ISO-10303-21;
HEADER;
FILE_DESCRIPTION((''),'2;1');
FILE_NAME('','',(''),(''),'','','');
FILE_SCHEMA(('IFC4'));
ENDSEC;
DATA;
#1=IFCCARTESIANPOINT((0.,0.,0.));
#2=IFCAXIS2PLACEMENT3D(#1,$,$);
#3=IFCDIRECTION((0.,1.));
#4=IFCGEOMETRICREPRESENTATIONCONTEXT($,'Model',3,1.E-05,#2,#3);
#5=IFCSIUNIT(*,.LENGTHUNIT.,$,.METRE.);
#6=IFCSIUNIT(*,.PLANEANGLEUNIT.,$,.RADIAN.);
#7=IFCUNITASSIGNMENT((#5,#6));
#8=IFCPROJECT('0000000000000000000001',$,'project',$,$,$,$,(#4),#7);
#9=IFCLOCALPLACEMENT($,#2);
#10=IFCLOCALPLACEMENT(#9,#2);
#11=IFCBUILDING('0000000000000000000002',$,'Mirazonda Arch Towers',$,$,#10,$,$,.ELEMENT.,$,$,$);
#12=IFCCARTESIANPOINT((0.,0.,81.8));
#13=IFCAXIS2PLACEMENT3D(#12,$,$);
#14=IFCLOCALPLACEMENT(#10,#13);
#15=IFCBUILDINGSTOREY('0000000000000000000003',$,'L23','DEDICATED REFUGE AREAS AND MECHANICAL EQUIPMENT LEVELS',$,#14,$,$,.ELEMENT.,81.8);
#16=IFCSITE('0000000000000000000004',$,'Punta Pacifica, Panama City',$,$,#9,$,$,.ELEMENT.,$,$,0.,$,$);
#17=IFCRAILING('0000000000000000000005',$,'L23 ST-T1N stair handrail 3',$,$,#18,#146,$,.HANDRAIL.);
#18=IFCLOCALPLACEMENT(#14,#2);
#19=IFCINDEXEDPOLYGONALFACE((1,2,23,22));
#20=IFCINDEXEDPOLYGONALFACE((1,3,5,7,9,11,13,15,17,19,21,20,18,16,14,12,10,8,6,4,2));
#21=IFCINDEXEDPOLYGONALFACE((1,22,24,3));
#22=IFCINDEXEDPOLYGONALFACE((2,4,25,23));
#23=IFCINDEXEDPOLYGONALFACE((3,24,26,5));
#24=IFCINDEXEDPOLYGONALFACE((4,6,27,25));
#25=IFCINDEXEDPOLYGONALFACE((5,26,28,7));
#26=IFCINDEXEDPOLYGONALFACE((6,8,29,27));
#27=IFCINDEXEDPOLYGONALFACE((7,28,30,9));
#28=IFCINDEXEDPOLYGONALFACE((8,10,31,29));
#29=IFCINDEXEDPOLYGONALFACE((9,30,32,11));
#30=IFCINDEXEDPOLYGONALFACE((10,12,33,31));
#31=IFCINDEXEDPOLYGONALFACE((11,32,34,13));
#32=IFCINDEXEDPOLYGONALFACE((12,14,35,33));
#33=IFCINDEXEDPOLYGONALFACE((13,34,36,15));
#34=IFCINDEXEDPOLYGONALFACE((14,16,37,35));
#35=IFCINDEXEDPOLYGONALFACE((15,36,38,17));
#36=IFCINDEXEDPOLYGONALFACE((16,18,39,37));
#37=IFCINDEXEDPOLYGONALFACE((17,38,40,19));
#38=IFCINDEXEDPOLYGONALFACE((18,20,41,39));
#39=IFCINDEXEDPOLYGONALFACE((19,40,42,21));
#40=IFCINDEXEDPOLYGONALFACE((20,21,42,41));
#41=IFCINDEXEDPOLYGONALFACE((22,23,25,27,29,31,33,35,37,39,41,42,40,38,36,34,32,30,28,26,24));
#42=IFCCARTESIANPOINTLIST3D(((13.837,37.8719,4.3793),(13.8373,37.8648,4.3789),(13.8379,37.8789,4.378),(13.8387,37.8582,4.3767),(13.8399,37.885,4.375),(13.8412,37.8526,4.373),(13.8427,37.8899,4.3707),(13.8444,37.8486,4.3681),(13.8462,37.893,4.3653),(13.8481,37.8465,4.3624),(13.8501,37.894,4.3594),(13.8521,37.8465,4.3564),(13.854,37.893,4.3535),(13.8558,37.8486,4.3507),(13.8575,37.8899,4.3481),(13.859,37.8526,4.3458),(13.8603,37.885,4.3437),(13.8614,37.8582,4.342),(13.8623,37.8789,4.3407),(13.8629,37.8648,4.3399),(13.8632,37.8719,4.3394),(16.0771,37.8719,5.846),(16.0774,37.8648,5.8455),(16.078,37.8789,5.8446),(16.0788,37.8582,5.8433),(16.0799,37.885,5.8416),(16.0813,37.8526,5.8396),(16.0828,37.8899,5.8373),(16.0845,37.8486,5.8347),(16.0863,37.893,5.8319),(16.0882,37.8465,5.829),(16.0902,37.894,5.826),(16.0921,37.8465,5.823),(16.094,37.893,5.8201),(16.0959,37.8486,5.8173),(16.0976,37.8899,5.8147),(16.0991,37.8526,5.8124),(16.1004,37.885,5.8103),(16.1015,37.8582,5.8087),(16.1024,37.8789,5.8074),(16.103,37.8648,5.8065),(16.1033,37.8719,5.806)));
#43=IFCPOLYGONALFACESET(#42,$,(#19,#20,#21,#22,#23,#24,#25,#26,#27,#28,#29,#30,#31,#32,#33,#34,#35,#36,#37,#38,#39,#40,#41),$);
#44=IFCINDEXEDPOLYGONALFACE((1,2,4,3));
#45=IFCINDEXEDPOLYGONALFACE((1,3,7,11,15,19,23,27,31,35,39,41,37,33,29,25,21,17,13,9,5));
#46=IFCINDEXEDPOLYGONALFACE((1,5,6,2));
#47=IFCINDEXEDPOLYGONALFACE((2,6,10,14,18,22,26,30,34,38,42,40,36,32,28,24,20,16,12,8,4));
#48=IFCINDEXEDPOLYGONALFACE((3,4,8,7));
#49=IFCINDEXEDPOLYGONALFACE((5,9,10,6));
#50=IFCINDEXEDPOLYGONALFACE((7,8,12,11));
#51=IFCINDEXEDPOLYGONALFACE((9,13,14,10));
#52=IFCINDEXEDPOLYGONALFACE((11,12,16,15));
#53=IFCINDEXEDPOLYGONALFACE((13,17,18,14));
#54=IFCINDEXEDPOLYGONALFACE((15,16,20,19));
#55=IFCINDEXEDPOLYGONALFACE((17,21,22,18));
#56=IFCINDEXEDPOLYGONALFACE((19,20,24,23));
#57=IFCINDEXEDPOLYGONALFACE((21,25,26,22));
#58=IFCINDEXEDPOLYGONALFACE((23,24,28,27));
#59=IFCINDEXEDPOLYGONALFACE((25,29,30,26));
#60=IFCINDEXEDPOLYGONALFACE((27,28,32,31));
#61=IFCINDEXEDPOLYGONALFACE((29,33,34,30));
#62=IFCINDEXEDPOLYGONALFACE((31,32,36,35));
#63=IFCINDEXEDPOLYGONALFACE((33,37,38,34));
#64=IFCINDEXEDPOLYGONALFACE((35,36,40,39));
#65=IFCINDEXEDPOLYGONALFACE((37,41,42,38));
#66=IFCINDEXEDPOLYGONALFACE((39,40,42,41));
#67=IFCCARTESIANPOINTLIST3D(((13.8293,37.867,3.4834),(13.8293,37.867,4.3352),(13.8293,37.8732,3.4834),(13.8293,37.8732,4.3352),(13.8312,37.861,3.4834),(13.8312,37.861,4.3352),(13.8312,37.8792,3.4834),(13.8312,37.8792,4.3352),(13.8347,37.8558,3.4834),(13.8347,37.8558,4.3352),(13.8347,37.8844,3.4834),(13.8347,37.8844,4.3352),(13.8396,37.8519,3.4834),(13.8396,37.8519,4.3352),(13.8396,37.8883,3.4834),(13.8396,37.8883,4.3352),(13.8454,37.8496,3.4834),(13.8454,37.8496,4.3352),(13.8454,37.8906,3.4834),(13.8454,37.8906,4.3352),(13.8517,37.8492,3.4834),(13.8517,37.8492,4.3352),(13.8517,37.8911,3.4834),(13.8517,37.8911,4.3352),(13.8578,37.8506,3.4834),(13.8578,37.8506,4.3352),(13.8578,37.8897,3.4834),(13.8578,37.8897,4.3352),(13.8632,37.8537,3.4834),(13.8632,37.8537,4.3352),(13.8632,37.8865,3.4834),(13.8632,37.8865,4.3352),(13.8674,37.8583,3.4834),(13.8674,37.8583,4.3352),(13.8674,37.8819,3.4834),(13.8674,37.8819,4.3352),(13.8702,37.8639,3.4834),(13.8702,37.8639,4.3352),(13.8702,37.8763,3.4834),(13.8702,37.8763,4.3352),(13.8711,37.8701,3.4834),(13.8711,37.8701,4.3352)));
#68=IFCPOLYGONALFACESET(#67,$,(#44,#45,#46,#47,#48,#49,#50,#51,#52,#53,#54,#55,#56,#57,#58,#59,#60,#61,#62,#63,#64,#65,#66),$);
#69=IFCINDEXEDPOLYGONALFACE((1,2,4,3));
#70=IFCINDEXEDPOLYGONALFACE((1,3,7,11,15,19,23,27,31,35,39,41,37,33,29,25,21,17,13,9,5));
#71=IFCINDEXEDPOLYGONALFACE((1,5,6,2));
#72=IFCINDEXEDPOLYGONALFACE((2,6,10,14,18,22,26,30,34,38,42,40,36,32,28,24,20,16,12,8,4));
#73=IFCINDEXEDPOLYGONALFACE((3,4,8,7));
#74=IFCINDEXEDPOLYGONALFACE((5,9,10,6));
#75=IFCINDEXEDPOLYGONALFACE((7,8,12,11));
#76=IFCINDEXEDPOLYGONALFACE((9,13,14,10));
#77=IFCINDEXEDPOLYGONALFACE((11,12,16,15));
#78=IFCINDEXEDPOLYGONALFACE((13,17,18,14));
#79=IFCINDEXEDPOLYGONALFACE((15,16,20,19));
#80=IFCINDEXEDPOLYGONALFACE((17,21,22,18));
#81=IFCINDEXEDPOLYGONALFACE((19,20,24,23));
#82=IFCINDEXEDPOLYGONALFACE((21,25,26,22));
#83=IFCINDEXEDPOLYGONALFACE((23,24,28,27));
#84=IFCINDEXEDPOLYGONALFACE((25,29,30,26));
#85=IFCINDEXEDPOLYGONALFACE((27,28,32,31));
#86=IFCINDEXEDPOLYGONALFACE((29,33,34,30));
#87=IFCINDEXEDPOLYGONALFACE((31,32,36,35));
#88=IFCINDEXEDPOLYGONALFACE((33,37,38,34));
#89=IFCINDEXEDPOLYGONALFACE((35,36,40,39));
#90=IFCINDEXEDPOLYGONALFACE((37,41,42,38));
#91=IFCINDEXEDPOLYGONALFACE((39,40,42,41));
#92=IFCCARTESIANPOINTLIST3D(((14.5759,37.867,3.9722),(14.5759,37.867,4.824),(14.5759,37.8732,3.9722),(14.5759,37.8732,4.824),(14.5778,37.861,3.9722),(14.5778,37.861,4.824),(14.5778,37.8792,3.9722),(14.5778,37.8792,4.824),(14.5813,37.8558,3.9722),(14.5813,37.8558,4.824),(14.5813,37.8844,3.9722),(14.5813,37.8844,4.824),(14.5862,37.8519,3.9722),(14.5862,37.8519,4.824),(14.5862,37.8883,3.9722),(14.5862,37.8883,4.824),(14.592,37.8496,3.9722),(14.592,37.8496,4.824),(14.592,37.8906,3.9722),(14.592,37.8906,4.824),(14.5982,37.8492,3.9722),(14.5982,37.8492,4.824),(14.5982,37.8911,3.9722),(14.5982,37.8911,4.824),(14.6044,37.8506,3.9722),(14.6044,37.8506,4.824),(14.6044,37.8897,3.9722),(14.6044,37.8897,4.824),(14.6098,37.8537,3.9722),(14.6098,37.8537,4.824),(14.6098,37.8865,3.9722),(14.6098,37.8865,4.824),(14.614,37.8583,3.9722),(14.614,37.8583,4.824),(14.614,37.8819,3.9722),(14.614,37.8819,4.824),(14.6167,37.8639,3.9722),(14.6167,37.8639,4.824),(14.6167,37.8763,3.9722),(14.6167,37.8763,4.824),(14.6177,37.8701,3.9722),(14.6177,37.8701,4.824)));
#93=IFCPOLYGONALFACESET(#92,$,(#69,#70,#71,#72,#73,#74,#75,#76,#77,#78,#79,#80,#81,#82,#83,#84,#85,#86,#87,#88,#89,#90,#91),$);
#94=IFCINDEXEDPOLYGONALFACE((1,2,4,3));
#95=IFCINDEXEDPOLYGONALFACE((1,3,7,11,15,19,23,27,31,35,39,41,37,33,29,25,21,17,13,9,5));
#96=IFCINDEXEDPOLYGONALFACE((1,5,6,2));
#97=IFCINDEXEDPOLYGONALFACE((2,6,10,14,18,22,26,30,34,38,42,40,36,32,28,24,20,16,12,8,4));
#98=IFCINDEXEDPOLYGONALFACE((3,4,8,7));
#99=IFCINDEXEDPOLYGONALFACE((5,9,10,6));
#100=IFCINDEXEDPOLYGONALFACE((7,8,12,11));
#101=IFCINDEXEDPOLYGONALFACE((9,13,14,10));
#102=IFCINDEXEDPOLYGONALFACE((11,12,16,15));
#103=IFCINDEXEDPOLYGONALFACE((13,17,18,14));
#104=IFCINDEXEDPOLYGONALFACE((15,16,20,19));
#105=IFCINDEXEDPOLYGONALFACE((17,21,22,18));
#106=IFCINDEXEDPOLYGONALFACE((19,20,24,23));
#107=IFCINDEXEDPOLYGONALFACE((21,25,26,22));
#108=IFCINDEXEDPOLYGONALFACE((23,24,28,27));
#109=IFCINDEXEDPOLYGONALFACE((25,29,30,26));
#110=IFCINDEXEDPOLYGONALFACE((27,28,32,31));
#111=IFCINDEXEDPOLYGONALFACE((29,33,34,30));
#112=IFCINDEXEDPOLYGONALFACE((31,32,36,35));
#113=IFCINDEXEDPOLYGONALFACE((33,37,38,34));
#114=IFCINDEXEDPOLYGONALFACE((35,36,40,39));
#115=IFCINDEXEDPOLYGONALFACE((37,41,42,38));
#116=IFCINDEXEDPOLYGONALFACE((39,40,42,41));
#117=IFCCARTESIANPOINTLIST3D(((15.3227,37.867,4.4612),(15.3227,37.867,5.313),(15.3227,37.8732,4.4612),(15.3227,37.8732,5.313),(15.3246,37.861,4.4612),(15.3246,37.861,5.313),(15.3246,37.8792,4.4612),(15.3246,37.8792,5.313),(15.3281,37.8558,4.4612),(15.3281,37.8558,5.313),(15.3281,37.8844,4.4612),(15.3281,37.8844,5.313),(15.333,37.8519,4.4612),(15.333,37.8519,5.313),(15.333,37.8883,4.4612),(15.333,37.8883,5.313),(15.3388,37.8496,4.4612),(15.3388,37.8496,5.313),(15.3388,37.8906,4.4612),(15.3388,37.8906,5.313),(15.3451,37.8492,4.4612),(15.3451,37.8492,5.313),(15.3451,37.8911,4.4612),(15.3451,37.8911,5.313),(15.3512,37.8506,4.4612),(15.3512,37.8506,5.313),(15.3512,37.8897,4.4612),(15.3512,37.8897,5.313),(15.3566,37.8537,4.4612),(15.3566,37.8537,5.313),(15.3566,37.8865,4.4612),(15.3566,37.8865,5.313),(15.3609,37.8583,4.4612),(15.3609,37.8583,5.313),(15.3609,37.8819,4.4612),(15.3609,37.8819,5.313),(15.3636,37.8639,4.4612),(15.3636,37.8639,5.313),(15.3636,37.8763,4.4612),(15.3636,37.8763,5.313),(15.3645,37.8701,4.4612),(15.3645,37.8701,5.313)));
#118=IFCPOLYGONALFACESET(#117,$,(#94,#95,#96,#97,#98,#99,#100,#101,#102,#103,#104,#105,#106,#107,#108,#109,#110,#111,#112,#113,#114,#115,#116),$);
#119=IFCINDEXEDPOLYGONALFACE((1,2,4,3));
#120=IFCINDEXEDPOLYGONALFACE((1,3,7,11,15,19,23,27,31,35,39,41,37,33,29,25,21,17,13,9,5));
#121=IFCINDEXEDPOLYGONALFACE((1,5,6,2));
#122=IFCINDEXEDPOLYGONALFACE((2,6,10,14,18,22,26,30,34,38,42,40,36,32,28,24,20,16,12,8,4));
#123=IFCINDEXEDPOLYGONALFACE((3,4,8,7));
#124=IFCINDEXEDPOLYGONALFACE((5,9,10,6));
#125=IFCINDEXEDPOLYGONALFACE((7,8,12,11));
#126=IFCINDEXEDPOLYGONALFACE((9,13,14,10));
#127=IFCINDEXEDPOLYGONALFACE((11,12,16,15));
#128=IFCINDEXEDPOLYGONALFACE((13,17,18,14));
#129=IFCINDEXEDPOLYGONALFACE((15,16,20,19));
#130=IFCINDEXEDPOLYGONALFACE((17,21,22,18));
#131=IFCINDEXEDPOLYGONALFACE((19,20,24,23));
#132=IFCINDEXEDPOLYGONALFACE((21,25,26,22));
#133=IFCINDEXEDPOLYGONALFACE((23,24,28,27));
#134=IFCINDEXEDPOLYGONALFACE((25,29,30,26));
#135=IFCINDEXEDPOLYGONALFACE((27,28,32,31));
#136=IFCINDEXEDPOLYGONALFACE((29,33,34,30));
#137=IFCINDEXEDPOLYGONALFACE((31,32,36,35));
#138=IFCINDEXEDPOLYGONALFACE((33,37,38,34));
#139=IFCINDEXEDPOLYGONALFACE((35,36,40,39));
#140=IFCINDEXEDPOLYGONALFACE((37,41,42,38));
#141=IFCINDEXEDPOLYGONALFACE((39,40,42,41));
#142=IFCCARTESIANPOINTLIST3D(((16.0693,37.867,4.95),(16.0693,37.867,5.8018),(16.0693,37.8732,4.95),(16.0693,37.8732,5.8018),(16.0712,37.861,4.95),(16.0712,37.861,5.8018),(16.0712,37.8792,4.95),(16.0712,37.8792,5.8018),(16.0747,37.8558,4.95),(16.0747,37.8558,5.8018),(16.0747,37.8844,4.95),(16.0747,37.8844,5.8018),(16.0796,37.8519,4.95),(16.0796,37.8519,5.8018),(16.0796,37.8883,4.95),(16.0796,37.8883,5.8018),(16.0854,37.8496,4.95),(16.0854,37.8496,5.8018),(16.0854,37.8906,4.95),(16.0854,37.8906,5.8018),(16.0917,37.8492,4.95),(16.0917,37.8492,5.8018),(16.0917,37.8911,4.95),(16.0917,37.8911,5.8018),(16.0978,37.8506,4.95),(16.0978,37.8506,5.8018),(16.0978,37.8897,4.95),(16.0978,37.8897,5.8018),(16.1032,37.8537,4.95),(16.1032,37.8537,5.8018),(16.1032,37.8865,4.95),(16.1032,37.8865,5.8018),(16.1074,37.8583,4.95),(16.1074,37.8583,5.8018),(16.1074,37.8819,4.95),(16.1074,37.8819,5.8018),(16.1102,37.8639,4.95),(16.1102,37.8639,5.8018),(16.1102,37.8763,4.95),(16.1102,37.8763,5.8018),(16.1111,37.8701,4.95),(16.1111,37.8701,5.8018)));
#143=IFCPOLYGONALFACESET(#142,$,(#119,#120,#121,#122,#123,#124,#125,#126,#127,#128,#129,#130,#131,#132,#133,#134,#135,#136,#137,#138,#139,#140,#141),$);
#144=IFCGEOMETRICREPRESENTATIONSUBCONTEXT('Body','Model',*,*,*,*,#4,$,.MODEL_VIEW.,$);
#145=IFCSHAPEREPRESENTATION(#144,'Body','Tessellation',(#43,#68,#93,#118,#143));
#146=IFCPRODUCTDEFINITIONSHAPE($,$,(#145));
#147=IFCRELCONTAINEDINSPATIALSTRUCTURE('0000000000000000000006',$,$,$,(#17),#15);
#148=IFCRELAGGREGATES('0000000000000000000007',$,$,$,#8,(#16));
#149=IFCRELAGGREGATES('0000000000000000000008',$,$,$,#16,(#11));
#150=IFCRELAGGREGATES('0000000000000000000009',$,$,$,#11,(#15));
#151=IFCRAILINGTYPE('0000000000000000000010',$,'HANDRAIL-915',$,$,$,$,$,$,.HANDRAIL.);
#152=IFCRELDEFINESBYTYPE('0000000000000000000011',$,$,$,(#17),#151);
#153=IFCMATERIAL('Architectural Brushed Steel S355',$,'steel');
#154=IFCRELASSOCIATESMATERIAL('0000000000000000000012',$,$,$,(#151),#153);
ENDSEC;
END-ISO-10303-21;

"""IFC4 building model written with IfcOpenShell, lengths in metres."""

from ifc_helpers import new_model, si_unit, direction, frame, origin, origin_2d, place, context, subcontext, project, spatial, circle, extrude, material, type_object, element, save


model = new_model("IFC4")

# Units and contexts
model_context = context("Model", 3, precision=1e-05, world=origin(), true_north=direction((0.0, 1.0)))
body_context = subcontext(model_context, "Body", "Model", "MODEL_VIEW")
ifc_project = project(units=[si_unit("LENGTHUNIT", "METRE"), si_unit("PLANEANGLEUNIT", "RADIAN")], contexts=[model_context])

# Site, building, storey
site_placement = place(None, origin())
site = spatial("IfcSite", under=ifc_project, at=site_placement, Name="Punta Pacifica, Panama City", CompositionType="ELEMENT", RefElevation=0.0)
building_placement = place(site_placement, origin())
building = spatial("IfcBuilding", under=site, at=building_placement, Name="Mirazonda Arch Towers", CompositionType="ELEMENT")
storey_placement = place(building_placement, frame((0.0, 0.0, 81.8)))
storey = spatial("IfcBuildingStorey", under=building, at=storey_placement, Name="L23", Description="DEDICATED REFUGE AREAS AND MECHANICAL EQUIPMENT LEVELS", CompositionType="ELEMENT", Elevation=81.8)

# Railing
ifc_material_1 = material(Name="Architectural Brushed Steel S355", Category="steel")
railing_type_1 = type_object("IfcRailingType", Name="HANDRAIL-915", PredefinedType="HANDRAIL", material=ifc_material_1)
for number, where, name in (
    (1, (13.8501, 37.8701, 3.4834), "L23 ST-T1N stair handrail 3"),
):
    element("IfcRailing", number, at=place(storey_placement, frame(where)), inside=storey, type_object=railing_type_1, Name=name, PredefinedType="HANDRAIL", context=body_context, shape_type="SweptSolid", body=[
        extrude(circle(Radius=0.0239, at=origin_2d()), frame((0.0, 0.0, 0.876), z_axis=(0.836637, 0.0, 0.547758), x_axis=(0.0, 1.0, 0.0)), (0.0, 0.0, 1.0), 2.6775),
        extrude(circle(Radius=0.021, at=origin_2d()), origin(), (0.0, 0.0, 1.0), 0.8518),
        extrude(circle(Radius=0.021, at=origin_2d()), frame((0.7466, 0.0, 0.4888)), (0.0, 0.0, 1.0), 0.8518),
        extrude(circle(Radius=0.021, at=origin_2d()), frame((1.4934, 0.0, 0.9778)), (0.0, 0.0, 1.0), 0.8518),
        extrude(circle(Radius=0.021, at=origin_2d()), frame((2.24, 0.0, 1.4666)), (0.0, 0.0, 1.0), 0.8518),
    ])

save(model, "model.ifc")
